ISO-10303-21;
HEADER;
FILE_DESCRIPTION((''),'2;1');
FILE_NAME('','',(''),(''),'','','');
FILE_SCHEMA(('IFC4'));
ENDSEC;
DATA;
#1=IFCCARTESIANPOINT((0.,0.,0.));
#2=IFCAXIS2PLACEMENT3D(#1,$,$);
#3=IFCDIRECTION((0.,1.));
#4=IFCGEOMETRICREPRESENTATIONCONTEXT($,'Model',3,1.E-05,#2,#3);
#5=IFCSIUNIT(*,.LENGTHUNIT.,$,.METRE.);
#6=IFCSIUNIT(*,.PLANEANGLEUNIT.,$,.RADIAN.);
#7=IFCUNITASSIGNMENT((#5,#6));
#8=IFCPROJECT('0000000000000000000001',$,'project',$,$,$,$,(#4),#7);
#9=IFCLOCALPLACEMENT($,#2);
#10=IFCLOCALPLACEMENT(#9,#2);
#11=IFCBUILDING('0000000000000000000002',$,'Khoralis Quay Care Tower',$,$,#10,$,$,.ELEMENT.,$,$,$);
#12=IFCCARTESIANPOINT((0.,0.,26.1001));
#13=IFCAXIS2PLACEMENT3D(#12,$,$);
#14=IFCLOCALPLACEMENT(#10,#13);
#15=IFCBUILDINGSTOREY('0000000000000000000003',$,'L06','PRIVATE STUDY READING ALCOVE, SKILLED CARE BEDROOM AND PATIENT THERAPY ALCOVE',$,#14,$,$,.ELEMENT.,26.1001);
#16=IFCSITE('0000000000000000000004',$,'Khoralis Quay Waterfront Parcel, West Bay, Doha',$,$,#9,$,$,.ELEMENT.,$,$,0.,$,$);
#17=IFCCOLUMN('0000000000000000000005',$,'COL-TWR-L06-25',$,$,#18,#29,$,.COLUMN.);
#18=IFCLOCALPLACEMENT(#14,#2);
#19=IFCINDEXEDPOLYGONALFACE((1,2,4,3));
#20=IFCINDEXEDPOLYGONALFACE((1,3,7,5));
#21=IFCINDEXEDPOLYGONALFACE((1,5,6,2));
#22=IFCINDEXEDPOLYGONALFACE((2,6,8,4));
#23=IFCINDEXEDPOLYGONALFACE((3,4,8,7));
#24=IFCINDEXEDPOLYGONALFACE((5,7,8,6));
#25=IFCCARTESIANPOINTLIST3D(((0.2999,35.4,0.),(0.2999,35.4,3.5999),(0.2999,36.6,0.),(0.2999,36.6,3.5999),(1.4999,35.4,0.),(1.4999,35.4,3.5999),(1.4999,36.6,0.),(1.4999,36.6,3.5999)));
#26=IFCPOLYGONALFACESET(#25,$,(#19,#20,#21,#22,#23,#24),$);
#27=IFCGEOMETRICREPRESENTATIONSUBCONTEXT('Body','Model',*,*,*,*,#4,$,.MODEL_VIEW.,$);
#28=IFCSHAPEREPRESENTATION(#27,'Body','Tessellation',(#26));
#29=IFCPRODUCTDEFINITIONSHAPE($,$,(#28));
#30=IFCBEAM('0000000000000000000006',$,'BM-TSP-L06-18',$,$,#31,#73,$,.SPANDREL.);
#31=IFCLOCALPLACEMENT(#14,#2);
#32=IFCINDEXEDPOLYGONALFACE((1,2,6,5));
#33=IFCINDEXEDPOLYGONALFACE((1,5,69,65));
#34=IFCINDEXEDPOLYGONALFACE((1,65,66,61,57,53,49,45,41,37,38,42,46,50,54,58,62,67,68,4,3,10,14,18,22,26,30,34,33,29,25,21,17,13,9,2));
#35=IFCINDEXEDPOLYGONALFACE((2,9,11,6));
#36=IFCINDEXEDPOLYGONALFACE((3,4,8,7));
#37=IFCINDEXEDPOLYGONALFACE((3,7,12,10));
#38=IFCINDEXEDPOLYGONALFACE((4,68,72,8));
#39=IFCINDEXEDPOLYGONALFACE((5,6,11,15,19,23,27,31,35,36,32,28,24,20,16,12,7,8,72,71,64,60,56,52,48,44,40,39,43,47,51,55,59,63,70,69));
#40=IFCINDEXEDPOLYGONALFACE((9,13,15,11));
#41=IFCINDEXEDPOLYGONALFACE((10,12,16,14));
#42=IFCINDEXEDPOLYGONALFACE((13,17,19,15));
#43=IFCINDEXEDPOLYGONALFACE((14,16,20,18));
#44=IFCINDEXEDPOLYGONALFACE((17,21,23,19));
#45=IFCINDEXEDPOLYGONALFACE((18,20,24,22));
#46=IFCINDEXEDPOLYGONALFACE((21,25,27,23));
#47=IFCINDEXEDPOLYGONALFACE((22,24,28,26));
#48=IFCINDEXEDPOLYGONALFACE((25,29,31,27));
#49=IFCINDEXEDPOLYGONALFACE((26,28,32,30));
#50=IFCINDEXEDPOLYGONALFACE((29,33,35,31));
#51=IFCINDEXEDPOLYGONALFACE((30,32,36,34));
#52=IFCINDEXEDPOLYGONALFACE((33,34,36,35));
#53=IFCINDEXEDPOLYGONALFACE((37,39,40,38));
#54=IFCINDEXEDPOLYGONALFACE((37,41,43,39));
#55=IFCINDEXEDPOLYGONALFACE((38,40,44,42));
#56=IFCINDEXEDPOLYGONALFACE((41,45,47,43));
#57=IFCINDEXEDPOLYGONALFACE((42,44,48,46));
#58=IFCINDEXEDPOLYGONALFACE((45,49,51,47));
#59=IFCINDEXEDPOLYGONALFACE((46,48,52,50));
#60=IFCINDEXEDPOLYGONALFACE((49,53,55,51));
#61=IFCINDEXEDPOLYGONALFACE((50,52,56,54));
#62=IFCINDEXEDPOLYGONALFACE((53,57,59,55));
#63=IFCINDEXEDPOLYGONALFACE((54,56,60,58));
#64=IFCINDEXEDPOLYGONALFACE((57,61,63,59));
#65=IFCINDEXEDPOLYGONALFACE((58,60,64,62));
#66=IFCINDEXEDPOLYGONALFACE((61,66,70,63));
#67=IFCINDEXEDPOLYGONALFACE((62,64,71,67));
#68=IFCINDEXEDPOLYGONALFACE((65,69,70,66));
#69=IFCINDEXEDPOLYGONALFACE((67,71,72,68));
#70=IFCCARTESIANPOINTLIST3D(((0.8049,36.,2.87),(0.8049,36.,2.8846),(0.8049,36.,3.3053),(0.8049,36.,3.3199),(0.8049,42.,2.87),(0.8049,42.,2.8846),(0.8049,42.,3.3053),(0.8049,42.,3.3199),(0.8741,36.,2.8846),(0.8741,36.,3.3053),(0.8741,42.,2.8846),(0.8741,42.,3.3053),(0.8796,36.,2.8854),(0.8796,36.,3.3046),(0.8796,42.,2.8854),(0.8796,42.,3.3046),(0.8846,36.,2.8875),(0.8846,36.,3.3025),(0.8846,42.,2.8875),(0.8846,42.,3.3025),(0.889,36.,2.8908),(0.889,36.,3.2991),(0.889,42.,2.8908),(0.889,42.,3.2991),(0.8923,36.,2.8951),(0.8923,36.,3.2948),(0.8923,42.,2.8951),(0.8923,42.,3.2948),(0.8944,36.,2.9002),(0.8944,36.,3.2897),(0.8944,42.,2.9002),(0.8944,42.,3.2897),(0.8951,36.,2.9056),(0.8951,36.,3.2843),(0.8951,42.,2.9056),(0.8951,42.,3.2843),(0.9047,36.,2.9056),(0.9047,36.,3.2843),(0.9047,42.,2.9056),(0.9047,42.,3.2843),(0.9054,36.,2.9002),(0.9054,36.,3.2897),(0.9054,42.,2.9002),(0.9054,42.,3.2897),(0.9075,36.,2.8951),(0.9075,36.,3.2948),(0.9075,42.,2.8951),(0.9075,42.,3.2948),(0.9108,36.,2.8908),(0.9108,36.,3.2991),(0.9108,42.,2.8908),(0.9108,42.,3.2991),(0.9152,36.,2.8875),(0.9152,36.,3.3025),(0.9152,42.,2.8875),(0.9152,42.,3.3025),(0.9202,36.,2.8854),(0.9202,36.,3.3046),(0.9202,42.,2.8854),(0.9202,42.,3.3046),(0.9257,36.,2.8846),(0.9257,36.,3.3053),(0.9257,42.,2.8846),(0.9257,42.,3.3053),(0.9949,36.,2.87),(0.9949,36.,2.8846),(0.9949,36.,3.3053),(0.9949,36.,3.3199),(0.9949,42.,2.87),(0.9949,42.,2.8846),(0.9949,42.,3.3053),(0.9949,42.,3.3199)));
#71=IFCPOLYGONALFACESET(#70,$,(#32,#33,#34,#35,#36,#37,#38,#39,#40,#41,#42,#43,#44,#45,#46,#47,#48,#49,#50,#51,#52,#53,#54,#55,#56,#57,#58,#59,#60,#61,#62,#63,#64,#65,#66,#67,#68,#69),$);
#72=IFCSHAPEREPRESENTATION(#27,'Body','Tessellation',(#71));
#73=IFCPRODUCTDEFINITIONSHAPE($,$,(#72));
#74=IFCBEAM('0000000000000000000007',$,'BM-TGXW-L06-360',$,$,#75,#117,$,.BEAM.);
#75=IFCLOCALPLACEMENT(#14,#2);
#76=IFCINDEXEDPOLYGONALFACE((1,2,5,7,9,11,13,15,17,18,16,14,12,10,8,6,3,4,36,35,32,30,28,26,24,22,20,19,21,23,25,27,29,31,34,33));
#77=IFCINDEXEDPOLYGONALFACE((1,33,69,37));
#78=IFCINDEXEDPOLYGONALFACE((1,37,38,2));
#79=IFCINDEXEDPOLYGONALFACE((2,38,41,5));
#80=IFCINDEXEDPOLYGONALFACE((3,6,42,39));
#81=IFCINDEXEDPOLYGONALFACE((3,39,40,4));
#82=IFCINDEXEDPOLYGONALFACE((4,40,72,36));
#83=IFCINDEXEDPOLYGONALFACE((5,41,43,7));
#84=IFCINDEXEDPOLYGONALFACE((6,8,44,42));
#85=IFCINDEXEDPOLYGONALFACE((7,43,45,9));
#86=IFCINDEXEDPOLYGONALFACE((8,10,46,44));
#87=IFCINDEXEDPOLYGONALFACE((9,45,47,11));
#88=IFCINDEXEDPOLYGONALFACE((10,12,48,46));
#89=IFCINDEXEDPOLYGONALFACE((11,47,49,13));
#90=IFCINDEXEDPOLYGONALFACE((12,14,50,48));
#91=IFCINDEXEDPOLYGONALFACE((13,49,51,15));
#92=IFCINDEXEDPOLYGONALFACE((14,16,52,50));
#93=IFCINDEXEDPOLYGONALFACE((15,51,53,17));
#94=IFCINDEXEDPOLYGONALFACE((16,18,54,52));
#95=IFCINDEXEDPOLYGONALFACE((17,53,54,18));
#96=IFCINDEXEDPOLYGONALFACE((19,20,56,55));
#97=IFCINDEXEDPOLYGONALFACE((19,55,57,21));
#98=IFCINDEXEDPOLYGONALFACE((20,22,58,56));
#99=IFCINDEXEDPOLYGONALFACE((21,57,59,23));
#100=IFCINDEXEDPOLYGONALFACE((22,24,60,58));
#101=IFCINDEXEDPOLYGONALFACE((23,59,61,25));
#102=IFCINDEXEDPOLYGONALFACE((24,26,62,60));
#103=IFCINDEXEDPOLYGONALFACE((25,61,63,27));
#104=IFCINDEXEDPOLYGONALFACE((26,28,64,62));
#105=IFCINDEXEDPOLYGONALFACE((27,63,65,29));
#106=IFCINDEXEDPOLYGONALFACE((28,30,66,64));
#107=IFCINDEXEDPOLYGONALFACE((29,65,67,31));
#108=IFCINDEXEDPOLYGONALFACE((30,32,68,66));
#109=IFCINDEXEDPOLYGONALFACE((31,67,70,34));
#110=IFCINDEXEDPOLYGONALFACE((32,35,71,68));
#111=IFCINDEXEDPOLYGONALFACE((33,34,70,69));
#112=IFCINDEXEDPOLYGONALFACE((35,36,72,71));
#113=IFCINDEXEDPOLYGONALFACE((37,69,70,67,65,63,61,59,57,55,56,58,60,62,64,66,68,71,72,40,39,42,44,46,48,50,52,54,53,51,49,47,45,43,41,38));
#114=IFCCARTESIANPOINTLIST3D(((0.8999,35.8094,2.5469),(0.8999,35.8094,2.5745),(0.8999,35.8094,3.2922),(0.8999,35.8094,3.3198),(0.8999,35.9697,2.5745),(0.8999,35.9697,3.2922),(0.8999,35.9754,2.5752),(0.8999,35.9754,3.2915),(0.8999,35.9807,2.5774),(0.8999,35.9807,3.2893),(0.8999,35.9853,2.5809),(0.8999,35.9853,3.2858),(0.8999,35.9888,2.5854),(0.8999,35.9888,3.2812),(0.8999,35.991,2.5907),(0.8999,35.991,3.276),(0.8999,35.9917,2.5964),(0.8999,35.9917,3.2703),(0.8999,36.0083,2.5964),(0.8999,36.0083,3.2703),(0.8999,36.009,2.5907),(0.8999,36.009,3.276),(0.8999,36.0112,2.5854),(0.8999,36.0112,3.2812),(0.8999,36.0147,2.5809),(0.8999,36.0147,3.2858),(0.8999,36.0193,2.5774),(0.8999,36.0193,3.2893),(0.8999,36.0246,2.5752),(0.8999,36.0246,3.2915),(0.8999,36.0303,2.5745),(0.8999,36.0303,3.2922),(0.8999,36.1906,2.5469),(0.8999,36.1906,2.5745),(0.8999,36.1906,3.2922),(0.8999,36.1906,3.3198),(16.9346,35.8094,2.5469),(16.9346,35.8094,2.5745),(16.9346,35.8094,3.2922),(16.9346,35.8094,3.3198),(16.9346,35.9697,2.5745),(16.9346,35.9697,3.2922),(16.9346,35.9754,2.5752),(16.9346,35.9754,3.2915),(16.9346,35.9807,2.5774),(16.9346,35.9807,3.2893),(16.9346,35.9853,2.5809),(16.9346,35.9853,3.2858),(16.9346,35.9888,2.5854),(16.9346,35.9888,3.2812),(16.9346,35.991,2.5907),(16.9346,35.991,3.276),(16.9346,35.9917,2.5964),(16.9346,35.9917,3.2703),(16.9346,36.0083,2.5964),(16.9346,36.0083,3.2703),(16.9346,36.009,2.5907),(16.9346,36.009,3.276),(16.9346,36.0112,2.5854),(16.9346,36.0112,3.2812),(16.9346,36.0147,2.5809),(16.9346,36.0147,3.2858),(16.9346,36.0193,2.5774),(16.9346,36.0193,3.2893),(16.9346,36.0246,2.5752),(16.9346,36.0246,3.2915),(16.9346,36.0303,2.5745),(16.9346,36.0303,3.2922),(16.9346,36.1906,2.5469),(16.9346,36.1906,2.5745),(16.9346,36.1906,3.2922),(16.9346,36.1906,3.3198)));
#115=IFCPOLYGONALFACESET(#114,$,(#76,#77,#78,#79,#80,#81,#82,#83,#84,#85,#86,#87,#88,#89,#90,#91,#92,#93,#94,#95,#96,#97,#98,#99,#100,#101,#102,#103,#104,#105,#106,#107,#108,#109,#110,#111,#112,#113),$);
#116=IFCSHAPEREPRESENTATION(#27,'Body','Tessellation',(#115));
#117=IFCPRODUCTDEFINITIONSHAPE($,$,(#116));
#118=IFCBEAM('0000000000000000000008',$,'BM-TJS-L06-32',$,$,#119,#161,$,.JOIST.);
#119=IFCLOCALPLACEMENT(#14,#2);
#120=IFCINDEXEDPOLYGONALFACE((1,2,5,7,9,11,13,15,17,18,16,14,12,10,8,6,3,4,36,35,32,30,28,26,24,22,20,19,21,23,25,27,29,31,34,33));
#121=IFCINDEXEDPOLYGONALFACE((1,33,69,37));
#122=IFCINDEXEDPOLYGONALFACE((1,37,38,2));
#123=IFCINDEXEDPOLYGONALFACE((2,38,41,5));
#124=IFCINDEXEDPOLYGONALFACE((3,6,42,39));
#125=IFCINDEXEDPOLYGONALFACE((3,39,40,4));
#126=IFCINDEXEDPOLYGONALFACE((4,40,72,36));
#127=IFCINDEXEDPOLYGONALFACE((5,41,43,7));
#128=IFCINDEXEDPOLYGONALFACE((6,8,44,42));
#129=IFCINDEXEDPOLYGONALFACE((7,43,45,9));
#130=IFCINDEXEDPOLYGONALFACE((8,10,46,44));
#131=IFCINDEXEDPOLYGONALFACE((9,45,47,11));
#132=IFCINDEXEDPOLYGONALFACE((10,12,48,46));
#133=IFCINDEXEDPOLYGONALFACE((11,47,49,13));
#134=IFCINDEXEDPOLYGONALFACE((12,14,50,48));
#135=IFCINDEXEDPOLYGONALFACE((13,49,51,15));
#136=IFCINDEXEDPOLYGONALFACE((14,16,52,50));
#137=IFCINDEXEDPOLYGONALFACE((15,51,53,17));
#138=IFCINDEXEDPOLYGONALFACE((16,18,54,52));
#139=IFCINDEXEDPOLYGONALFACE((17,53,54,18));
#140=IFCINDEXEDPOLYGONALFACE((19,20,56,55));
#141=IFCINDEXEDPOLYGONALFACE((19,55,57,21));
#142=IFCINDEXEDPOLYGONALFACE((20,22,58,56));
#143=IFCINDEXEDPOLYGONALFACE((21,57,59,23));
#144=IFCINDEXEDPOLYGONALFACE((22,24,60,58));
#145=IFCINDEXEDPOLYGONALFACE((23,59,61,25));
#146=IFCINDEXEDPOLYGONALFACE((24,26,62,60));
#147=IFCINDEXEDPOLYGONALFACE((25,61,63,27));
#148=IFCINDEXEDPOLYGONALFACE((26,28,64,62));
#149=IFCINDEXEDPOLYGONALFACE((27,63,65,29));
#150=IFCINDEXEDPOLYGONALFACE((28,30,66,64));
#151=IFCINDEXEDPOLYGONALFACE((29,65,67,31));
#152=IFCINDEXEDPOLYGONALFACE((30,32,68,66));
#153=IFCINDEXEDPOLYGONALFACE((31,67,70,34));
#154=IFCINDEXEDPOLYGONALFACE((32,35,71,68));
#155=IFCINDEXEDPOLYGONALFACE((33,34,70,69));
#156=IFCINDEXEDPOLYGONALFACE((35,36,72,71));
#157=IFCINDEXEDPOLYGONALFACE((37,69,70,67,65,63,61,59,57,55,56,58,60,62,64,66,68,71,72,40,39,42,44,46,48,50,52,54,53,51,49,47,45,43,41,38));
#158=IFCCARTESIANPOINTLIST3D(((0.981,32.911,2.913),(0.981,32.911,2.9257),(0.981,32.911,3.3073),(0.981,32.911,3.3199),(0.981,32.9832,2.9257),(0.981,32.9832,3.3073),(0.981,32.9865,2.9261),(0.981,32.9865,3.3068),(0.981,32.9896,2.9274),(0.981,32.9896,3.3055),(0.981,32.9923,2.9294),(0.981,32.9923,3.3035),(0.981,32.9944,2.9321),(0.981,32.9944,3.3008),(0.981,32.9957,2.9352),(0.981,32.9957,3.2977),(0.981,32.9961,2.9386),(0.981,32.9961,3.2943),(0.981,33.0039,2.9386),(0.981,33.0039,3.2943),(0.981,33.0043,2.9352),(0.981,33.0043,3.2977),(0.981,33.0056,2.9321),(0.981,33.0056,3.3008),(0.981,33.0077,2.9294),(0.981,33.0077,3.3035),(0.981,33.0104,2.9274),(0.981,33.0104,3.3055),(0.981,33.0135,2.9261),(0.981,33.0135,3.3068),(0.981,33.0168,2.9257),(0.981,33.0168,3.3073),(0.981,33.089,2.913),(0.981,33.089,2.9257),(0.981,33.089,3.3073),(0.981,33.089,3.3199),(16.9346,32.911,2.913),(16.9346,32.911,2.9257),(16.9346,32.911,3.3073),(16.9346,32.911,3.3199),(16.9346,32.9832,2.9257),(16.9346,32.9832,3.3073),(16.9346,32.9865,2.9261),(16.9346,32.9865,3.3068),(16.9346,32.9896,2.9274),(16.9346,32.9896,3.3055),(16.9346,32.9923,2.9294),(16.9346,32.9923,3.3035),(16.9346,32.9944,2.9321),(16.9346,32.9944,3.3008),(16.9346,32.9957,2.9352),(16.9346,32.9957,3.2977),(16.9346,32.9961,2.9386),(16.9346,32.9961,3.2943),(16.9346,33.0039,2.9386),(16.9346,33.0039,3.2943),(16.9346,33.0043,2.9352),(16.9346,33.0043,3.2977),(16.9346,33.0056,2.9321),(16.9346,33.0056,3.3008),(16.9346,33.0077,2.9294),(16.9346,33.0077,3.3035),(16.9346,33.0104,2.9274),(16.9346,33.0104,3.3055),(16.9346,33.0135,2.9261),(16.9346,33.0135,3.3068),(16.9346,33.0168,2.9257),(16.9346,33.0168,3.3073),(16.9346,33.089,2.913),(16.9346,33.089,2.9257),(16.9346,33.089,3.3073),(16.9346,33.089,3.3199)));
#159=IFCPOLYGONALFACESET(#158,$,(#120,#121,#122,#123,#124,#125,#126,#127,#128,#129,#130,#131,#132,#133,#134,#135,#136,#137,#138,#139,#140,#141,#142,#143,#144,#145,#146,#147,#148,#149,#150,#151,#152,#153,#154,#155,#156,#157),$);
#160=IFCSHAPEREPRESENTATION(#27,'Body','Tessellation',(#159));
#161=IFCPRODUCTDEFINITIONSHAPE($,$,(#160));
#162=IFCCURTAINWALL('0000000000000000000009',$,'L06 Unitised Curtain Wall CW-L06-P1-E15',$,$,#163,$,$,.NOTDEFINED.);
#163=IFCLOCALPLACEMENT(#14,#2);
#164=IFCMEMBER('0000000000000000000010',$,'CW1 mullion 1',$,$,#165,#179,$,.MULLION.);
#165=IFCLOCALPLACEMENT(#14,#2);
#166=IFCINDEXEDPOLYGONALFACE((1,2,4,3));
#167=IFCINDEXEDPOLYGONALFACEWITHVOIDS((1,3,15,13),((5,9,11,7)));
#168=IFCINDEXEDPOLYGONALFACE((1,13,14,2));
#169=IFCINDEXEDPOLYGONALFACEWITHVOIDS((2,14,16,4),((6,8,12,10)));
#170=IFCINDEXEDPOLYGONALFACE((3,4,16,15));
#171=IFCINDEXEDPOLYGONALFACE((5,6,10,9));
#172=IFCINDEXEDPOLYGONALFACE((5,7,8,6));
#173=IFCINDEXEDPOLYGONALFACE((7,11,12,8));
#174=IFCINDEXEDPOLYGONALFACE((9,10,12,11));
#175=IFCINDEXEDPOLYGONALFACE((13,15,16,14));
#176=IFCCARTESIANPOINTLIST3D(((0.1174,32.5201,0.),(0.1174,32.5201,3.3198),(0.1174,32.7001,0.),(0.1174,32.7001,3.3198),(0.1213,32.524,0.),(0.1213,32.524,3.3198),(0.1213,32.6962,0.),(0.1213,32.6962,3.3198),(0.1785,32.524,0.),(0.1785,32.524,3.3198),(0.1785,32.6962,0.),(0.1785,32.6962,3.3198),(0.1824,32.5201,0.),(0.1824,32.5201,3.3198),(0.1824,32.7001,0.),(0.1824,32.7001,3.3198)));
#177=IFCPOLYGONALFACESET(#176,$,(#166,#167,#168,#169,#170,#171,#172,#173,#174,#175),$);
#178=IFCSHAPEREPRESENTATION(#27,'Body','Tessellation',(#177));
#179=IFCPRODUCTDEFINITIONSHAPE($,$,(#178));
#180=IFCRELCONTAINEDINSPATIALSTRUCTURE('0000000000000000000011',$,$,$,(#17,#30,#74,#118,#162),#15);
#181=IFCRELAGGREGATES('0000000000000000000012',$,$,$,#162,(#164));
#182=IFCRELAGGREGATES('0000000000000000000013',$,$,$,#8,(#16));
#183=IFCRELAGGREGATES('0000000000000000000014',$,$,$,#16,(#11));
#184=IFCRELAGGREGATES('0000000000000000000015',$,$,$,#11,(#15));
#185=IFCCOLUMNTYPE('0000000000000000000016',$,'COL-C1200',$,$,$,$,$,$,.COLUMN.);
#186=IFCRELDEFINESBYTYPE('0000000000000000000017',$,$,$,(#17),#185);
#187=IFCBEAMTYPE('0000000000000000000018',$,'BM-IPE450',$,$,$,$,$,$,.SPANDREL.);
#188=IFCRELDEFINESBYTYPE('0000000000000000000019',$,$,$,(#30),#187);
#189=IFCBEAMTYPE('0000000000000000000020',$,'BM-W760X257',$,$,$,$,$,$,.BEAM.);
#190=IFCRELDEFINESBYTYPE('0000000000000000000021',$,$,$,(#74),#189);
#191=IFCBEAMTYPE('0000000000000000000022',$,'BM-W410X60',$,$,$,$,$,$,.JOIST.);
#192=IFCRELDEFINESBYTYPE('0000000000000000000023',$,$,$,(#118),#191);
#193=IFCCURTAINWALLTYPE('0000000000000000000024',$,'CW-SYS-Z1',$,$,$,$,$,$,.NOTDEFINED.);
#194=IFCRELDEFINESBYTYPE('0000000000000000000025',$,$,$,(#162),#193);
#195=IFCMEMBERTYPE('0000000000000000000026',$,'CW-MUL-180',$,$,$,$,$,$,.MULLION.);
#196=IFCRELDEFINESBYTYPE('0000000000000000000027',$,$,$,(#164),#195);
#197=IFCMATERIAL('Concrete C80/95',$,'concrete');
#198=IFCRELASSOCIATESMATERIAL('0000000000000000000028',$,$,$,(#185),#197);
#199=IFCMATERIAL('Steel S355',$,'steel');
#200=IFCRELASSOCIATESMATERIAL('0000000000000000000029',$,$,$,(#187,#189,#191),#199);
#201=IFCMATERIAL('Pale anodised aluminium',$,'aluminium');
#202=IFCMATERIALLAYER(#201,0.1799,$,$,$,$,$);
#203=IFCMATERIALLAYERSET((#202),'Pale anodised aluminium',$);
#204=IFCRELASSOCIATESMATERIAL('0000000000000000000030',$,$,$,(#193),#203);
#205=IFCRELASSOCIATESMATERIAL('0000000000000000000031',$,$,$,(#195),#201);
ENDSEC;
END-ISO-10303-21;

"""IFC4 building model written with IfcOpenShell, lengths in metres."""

from ifc_helpers import new_model, si_unit, direction, frame, origin, origin_2d, place, context, subcontext, project, spatial, rectangle, hollow_rectangle, i_section, extrude, source, transform, mapped, material, layer, layer_set, material_profile, profile_set, type_object, element, aggregate, save


model = new_model("IFC4")

# Units and contexts
model_context = context("Model", 3, precision=1e-05, world=origin(), true_north=direction((0.0, 1.0)))
body_context = subcontext(model_context, "Body", "Model", "MODEL_VIEW")
ifc_project = project(units=[si_unit("LENGTHUNIT", "METRE"), si_unit("PLANEANGLEUNIT", "RADIAN")], contexts=[model_context])

# Site, building, storey
site_placement = place(None, origin())
site = spatial("IfcSite", under=ifc_project, at=site_placement, Name="Khoralis Quay Waterfront Parcel, West Bay, Doha", CompositionType="ELEMENT", RefElevation=0.0)
building_placement = place(site_placement, origin())
building = spatial("IfcBuilding", under=site, at=building_placement, Name="Khoralis Quay Care Tower", CompositionType="ELEMENT")
storey_placement = place(building_placement, frame((0.0, 0.0, 26.1001)))
storey = spatial("IfcBuildingStorey", under=building, at=storey_placement, Name="L06", Description="PRIVATE STUDY READING ALCOVE, SKILLED CARE BEDROOM AND PATIENT THERAPY ALCOVE", CompositionType="ELEMENT", Elevation=26.1001)

# Column
ifc_material_1 = material(Name="Concrete C80/95", Category="concrete")
ifc_material_profile_1 = material_profile(ifc_material_1, rectangle(XDim=1.2, YDim=1.2, at=origin_2d()), Name="Concrete C80/95")
ifc_profile_set_1 = profile_set([ifc_material_profile_1], Name="Concrete C80/95")
column_type = type_object("IfcColumnType", Name="COL-C1200", PredefinedType="COLUMN", material=ifc_profile_set_1)
shared_shape_1 = source(origin(), body_context, "Body", "SweptSolid", [
    extrude(rectangle(XDim=1.2, YDim=1.2, at=origin_2d()), origin(), (0.0, 0.0, 1.0), 3.5999),
])
column_placement = place(storey_placement, frame((0.8999, 36.0, 0.0), z_axis=(0.0, 0.0, 1.0), x_axis=(1.0, 0.0, 0.0)))
element("IfcColumn", 1, at=column_placement, inside=storey, type_object=column_type, Name="COL-TWR-L06-25", PredefinedType="COLUMN", context=body_context, shape_type="MappedRepresentation", body=[
    mapped(shared_shape_1, transform((0.0, 0.0, 0.0), scale=1.0)),
])

# Beams
ifc_material_2 = material(Name="Steel S355", Category="steel")
ifc_material_profile_2 = material_profile(ifc_material_2, i_section(OverallWidth=0.1899, OverallDepth=0.45, WebThickness=0.0095, FlangeThickness=0.0146, FilletRadius=0.021, at=origin_2d()), Name="Steel S355")
ifc_profile_set_2 = profile_set([ifc_material_profile_2], Name="Steel S355")
beam_type_1 = type_object("IfcBeamType", Name="BM-IPE450", PredefinedType="SPANDREL", material=ifc_profile_set_2)
shared_shape_2 = source(origin(), body_context, "Body", "SweptSolid", [
    extrude(i_section(OverallWidth=0.1899, OverallDepth=0.45, WebThickness=0.0095, FlangeThickness=0.0146, FilletRadius=0.021, at=origin_2d()), origin(), (0.0, 0.0, 1.0), 6.0),
])
beam_1_placement = place(storey_placement, frame((0.8999, 36.0, 3.095), z_axis=(0.0, 1.0, 0.0), x_axis=(-1.0, 0.0, 0.0)))
element("IfcBeam", 2, at=beam_1_placement, inside=storey, type_object=beam_type_1, Name="BM-TSP-L06-18", PredefinedType="SPANDREL", context=body_context, shape_type="MappedRepresentation", body=[
    mapped(shared_shape_2, transform((0.0, 0.0, 0.0), scale=1.0)),
])
ifc_material_profile_3 = material_profile(ifc_material_2, i_section(OverallWidth=0.3811, OverallDepth=0.7729, WebThickness=0.0166, FlangeThickness=0.0276, FilletRadius=0.022, at=origin_2d()), Name="Steel S355")
ifc_profile_set_3 = profile_set([ifc_material_profile_3], Name="Steel S355")
beam_type_2 = type_object("IfcBeamType", Name="BM-W760X257", PredefinedType="BEAM", material=ifc_profile_set_3)
shared_shape_3 = source(origin(), body_context, "Body", "SweptSolid", [
    extrude(i_section(OverallWidth=0.3811, OverallDepth=0.7729, WebThickness=0.0166, FlangeThickness=0.0276, FilletRadius=0.022, at=origin_2d()), origin(), (0.0, 0.0, 1.0), 16.0347),
])
beam_2_placement = place(storey_placement, frame((0.8999, 36.0, 2.9333), z_axis=(1.0, 0.0, 0.0), x_axis=(0.0, 1.0, 0.0)))
element("IfcBeam", 3, at=beam_2_placement, inside=storey, type_object=beam_type_2, Name="BM-TGXW-L06-360", PredefinedType="BEAM", context=body_context, shape_type="MappedRepresentation", body=[
    mapped(shared_shape_3, transform((0.0, 0.0, 0.0), scale=1.0)),
])
ifc_material_profile_4 = material_profile(ifc_material_2, i_section(OverallWidth=0.178, OverallDepth=0.407, WebThickness=0.0078, FlangeThickness=0.0127, FilletRadius=0.0129, at=origin_2d()), Name="Steel S355")
ifc_profile_set_4 = profile_set([ifc_material_profile_4], Name="Steel S355")
beam_type_3 = type_object("IfcBeamType", Name="BM-W410X60", PredefinedType="JOIST", material=ifc_profile_set_4)
shared_shape_4 = source(origin(), body_context, "Body", "SweptSolid", [
    extrude(i_section(OverallWidth=0.178, OverallDepth=0.407, WebThickness=0.0078, FlangeThickness=0.0127, FilletRadius=0.0129, at=origin_2d()), origin(), (0.0, 0.0, 1.0), 15.9536),
])
beam_3_placement = place(storey_placement, frame((0.981, 33.0, 3.1165), z_axis=(1.0, 0.0, 0.0), x_axis=(0.0, 1.0, 0.0)))
element("IfcBeam", 4, at=beam_3_placement, inside=storey, type_object=beam_type_3, Name="BM-TJS-L06-32", PredefinedType="JOIST", context=body_context, shape_type="MappedRepresentation", body=[
    mapped(shared_shape_4, transform((0.0, 0.0, 0.0), scale=1.0)),
])

# Curtain wall, member
ifc_material_3 = material(Name="Pale anodised aluminium", Category="aluminium")
ifc_layer_1 = layer(ifc_material_3, 0.1799)
ifc_layer_set_1 = layer_set([ifc_layer_1], Name="Pale anodised aluminium")
curtain_wall_type = type_object("IfcCurtainWallType", Name="CW-SYS-Z1", PredefinedType="NOTDEFINED", material=ifc_layer_set_1)
curtain_wall_placement = place(storey_placement, origin())
curtain_wall = element("IfcCurtainWall", 5, at=curtain_wall_placement, inside=storey, type_object=curtain_wall_type, Name="L06 Unitised Curtain Wall CW-L06-P1-E15", PredefinedType="NOTDEFINED")
ifc_material_profile_5 = material_profile(ifc_material_3, hollow_rectangle(XDim=0.0649, YDim=0.1799, WallThickness=0.0039, at=origin_2d()), Name="Pale anodised aluminium")
ifc_profile_set_5 = profile_set([ifc_material_profile_5], Name="Pale anodised aluminium")
member_type_1 = type_object("IfcMemberType", Name="CW-MUL-180", PredefinedType="MULLION", material=ifc_profile_set_5)
shared_shape_5 = source(origin(), body_context, "Body", "SweptSolid", [
    extrude(hollow_rectangle(XDim=0.0649, YDim=0.1799, WallThickness=0.0039, at=origin_2d()), origin(), (0.0, 0.0, 1.0), 3.3198),
])
member_1_placement = place(storey_placement, frame((0.1499, 32.6101, 0.0), z_axis=(0.0, 0.0, 1.0), x_axis=(1.0, 0.0, 0.0)))
member_1 = element("IfcMember", 6, at=member_1_placement, type_object=member_type_1, Name="CW1 mullion 1", PredefinedType="MULLION", context=body_context, shape_type="MappedRepresentation", body=[
    mapped(shared_shape_5, transform((0.0, 0.0, 0.0), scale=1.0)),
])
aggregate(curtain_wall, [member_1])

save(model, "model.ifc")
